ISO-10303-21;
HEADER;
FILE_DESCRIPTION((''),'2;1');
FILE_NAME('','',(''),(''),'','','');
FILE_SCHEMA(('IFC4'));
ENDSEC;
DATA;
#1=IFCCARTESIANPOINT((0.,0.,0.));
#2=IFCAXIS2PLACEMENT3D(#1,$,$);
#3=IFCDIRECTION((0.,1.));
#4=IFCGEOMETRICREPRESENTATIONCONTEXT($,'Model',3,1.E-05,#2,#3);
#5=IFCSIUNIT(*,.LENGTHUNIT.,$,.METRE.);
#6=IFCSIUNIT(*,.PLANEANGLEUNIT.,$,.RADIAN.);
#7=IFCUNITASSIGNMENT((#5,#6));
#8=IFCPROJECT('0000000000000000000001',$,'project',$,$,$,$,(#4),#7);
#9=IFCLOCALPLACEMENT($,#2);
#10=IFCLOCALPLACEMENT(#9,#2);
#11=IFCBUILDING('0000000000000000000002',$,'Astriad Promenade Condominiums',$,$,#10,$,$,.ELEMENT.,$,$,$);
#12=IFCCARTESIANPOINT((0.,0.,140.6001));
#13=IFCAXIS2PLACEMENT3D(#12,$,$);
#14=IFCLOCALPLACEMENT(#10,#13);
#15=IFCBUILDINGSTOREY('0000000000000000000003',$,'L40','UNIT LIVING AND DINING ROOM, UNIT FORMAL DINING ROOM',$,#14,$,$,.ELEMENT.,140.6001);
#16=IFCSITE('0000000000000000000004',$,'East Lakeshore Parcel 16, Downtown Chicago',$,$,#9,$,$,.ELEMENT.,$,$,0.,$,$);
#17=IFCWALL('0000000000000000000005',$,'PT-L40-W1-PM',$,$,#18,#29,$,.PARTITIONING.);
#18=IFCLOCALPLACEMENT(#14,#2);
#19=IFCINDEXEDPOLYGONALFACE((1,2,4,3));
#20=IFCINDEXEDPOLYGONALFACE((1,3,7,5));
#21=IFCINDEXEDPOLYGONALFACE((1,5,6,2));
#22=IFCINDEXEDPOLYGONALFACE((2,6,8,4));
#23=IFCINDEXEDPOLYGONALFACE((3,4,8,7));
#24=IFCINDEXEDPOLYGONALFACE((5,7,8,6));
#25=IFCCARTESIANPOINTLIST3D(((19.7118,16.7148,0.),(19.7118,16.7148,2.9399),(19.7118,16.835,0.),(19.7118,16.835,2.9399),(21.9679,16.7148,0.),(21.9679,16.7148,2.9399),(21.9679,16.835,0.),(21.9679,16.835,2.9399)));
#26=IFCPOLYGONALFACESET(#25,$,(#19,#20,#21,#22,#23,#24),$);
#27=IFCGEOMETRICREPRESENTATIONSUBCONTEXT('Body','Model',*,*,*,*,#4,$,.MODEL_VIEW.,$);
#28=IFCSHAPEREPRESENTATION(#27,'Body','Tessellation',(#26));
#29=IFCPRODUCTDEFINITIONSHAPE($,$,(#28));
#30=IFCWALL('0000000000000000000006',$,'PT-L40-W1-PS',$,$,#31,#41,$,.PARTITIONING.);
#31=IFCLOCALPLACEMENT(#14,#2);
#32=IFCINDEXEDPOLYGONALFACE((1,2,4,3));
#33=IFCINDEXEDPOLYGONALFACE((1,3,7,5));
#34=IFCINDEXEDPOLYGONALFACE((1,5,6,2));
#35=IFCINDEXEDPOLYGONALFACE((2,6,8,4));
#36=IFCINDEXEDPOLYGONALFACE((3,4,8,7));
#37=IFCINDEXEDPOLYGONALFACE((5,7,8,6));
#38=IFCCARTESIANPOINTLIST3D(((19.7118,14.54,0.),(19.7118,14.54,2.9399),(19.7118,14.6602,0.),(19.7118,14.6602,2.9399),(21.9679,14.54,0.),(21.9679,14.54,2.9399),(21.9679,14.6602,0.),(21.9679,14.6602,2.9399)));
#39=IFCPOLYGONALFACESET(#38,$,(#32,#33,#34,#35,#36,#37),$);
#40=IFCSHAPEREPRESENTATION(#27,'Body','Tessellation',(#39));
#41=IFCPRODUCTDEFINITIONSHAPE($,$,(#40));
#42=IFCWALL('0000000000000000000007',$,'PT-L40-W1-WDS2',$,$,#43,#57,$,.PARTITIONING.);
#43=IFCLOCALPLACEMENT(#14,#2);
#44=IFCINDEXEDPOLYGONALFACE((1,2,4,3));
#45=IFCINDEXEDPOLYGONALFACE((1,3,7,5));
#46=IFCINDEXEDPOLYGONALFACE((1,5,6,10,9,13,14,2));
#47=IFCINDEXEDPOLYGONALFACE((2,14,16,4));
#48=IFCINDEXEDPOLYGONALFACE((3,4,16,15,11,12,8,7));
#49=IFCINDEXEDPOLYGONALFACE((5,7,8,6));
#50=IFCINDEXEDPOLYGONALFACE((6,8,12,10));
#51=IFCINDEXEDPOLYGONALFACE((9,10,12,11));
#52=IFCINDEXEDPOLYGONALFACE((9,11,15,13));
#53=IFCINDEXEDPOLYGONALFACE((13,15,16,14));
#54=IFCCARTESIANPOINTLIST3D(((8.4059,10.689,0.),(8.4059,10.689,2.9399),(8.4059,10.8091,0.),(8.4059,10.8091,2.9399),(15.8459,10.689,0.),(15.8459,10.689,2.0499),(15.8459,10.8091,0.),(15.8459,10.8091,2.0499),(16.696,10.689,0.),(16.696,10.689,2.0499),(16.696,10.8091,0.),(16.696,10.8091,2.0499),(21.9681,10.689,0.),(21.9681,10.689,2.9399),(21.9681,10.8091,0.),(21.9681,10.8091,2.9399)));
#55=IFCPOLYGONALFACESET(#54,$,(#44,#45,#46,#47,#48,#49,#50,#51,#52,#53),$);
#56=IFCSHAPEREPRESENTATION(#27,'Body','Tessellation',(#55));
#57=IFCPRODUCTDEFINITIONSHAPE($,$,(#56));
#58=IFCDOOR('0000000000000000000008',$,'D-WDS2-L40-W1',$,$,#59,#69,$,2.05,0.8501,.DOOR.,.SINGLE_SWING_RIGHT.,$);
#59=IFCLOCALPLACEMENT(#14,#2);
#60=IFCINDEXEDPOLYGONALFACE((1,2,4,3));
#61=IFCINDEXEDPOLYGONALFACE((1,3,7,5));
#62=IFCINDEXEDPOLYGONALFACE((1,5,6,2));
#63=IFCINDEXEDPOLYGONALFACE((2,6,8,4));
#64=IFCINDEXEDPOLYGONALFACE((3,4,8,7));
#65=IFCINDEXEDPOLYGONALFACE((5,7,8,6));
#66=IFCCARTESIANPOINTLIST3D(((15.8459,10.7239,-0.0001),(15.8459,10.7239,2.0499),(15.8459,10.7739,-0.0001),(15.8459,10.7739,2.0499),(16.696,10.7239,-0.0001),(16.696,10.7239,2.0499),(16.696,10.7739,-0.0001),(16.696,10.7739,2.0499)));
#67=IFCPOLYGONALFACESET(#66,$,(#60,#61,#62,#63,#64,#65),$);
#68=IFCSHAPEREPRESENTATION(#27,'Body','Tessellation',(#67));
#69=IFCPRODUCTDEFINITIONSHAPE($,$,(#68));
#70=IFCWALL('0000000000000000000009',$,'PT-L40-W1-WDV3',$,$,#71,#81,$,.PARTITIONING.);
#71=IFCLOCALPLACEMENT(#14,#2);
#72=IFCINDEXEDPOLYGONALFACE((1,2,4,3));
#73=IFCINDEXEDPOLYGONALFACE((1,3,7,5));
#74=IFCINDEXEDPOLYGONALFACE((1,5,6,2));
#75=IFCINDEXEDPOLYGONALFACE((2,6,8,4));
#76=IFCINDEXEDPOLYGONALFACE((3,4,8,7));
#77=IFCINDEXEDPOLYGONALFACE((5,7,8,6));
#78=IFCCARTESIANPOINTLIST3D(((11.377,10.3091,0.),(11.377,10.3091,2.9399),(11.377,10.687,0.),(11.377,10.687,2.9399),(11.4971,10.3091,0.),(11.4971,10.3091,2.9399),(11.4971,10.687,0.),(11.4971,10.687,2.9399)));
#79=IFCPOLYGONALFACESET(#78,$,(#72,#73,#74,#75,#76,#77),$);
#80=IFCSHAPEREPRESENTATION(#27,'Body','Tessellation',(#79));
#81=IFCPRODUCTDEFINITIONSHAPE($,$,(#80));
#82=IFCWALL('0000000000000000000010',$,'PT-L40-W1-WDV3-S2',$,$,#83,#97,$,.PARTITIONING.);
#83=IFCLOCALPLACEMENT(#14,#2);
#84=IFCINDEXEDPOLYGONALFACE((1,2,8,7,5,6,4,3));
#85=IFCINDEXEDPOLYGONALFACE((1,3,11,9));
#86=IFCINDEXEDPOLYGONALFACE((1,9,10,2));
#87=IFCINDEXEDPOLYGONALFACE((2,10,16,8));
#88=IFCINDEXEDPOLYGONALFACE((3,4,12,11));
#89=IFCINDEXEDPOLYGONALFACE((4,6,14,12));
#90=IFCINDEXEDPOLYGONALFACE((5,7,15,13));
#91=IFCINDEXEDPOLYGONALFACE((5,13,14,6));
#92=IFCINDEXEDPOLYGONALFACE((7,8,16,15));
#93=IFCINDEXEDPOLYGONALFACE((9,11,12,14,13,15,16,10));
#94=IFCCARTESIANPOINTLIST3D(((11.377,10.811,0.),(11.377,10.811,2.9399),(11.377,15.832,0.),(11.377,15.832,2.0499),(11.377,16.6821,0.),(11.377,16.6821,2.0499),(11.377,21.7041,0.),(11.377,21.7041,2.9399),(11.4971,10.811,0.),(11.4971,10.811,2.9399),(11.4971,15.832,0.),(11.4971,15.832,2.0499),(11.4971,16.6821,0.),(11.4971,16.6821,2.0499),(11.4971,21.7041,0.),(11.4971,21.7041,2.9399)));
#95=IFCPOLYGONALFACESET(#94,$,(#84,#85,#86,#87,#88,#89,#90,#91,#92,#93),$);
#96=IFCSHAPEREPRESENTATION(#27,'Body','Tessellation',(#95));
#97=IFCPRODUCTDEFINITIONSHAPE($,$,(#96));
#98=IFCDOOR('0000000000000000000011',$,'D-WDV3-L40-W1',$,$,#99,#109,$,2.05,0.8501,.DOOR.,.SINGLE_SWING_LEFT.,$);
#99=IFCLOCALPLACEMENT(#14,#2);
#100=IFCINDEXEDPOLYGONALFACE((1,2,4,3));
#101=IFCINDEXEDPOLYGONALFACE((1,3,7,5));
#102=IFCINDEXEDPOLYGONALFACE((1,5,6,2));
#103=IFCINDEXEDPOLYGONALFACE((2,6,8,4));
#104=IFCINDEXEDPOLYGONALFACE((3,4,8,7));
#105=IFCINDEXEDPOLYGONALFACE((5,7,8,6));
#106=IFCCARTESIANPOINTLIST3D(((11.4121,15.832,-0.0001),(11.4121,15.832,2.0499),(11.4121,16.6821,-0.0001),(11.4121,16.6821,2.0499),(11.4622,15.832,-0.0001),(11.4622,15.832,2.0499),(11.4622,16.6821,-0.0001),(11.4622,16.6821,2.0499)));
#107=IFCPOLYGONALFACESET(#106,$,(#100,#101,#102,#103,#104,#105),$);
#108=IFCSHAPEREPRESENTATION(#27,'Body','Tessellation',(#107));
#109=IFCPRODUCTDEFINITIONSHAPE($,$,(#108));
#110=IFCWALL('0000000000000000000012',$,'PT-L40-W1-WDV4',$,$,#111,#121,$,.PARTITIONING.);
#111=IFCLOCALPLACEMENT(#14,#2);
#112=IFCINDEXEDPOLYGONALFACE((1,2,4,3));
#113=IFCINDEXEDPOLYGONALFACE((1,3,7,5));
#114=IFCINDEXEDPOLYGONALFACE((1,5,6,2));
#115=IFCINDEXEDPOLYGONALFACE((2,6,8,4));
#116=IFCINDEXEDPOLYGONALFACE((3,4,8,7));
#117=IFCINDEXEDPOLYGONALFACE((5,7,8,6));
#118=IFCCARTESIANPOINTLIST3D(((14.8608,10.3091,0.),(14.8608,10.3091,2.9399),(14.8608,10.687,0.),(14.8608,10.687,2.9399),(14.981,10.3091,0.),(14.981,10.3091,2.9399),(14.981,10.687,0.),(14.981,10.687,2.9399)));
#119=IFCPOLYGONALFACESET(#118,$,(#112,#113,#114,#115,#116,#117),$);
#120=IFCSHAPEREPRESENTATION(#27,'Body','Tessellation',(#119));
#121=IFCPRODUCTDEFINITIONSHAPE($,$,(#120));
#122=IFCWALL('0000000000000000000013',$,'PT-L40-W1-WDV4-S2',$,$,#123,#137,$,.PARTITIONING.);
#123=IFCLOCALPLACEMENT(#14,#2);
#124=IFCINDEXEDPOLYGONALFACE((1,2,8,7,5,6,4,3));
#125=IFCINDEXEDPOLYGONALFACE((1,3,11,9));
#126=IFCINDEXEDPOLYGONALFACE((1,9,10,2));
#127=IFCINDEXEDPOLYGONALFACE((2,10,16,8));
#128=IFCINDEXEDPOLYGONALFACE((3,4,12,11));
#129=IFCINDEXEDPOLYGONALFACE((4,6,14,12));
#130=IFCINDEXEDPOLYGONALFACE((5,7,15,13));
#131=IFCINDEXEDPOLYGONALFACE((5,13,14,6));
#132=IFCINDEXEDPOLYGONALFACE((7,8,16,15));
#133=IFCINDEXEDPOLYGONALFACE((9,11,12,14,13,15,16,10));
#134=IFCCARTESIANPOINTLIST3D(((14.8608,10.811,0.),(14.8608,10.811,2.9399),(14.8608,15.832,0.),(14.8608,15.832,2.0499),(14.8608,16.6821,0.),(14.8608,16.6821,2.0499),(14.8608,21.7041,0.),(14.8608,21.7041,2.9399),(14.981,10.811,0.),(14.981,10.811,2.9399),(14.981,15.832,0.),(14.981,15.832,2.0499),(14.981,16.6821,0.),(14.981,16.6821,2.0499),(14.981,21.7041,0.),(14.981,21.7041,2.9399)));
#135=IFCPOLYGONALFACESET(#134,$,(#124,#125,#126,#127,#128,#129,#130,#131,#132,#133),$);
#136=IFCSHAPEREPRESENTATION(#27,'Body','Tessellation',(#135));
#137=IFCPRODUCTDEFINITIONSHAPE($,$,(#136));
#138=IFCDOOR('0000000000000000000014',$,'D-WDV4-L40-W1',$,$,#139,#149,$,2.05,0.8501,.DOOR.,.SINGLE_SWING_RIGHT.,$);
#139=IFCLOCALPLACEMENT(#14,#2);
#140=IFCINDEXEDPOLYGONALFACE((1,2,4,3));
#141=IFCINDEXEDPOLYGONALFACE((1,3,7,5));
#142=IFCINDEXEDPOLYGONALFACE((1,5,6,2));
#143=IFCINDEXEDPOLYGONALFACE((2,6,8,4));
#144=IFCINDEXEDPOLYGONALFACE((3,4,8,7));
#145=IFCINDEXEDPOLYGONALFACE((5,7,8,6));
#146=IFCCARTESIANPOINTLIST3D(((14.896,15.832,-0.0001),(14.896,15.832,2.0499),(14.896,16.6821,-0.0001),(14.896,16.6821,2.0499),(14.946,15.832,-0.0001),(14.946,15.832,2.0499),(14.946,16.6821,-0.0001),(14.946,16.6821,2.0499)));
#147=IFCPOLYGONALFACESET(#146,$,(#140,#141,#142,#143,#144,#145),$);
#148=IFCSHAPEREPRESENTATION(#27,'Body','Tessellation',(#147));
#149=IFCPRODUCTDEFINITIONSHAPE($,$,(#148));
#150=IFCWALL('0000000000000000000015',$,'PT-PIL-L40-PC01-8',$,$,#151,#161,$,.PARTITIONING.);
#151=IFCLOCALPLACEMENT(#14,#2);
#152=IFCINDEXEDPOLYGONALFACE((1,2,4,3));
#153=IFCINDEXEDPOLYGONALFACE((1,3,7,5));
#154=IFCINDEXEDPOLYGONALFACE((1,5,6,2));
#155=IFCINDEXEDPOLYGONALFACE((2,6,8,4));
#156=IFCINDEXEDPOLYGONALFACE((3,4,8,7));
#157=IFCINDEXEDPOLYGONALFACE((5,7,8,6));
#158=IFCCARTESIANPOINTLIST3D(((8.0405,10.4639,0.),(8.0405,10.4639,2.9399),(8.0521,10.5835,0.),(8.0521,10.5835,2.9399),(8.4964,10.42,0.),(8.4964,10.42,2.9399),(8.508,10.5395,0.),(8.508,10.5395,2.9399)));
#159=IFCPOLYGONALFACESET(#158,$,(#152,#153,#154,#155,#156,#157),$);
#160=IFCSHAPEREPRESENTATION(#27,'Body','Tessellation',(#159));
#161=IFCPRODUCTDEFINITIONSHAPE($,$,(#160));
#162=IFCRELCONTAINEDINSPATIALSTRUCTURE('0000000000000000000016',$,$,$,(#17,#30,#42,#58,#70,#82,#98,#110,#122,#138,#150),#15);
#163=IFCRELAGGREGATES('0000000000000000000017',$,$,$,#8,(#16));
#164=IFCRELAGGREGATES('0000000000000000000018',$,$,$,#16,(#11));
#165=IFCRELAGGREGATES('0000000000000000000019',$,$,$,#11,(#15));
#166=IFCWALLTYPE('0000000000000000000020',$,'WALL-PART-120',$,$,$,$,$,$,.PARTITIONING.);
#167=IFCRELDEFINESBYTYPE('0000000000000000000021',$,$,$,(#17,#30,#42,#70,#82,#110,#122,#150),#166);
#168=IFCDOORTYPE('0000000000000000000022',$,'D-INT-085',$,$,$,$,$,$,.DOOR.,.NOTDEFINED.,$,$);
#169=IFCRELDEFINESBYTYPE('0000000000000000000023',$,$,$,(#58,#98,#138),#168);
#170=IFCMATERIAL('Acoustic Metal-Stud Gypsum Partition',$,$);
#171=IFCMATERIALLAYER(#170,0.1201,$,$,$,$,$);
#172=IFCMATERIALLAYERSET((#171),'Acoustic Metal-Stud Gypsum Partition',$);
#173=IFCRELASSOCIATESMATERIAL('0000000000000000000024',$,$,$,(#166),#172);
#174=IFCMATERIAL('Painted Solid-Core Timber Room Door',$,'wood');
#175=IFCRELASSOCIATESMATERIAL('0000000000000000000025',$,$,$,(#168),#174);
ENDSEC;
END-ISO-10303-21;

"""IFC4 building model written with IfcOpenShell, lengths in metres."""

from ifc_helpers import new_model, si_unit, direction, frame, frame_2d, origin, place, context, subcontext, project, spatial, rectangle, extrude, source, transform, mapped, material, layer, layer_set, type_object, type_shapes, element, fill, save


model = new_model("IFC4")

# Units and contexts
model_context = context("Model", 3, precision=1e-05, world=origin(), true_north=direction((0.0, 1.0)))
body_context = subcontext(model_context, "Body", "Model", "MODEL_VIEW")
ifc_project = project(units=[si_unit("LENGTHUNIT", "METRE"), si_unit("PLANEANGLEUNIT", "RADIAN")], contexts=[model_context])

# Site, building, storey
site_placement = place(None, origin())
site = spatial("IfcSite", under=ifc_project, at=site_placement, Name="East Lakeshore Parcel 16, Downtown Chicago", CompositionType="ELEMENT", RefElevation=0.0)
building_placement = place(site_placement, origin())
building = spatial("IfcBuilding", under=site, at=building_placement, Name="Astriad Promenade Condominiums", CompositionType="ELEMENT")
storey_placement = place(building_placement, frame((0.0, 0.0, 140.6001)))
storey = spatial("IfcBuildingStorey", under=building, at=storey_placement, Name="L40", Description="UNIT LIVING AND DINING ROOM, UNIT FORMAL DINING ROOM", CompositionType="ELEMENT", Elevation=140.6001)

# Shared definitions
ifc_material_1 = material(Name="Acoustic Metal-Stud Gypsum Partition")
ifc_layer_1 = layer(ifc_material_1, 0.1201)
ifc_layer_set_1 = layer_set([ifc_layer_1], Name="Acoustic Metal-Stud Gypsum Partition")
wall_type_1 = type_object("IfcWallType", Name="WALL-PART-120", PredefinedType="PARTITIONING", material=ifc_layer_set_1)
ifc_material_2 = material(Name="Painted Solid-Core Timber Room Door", Category="wood")
door_type_1 = type_object("IfcDoorType", Name="D-INT-085", OperationType="NOTDEFINED", PredefinedType="DOOR", material=ifc_material_2)
shared_shape_1 = source(origin(), body_context, "Body", "SweptSolid", [
    extrude(rectangle(XDim=0.8501, YDim=2.05, at=frame_2d((0.425, 1.0249))), frame((0.0, 0.0249, 0.0), z_axis=(0.0, -1.0, 0.0), x_axis=(1.0, 0.0, 0.0)), (0.0, 0.0, 1.0), 0.05),
])
type_shapes(door_type_1, [shared_shape_1])

# Walls
for number, where, z_axis, x_axis, name in (
    (1, (19.7119, 16.7749, 0.0), (0.0, 0.0, 1.0), (1.0, 0.0, 0.0), "PT-L40-W1-PM"),
    (2, (19.7119, 14.6001, 0.0), (0.0, 0.0, 1.0), (1.0, 0.0, 0.0), "PT-L40-W1-PS"),
):
    element("IfcWall", number, at=place(storey_placement, frame(where, z_axis=z_axis, x_axis=x_axis)), inside=storey, type_object=wall_type_1, Name=name, PredefinedType="PARTITIONING", context=body_context, shape_type="SweptSolid", body=[
        extrude(rectangle(XDim=2.2561, YDim=0.1201, at=frame_2d((1.1279, 0.0))), origin(), (0.0, 0.0, 1.0), 2.9399),
    ])

# Wall, opening, door
wall_1_placement = place(storey_placement, frame((8.4058, 10.749, 0.0), z_axis=(0.0, 0.0, 1.0), x_axis=(1.0, 0.0, 0.0)))
wall_1 = element("IfcWall", 3, at=wall_1_placement, inside=storey, type_object=wall_type_1, Name="PT-L40-W1-WDS2", PredefinedType="PARTITIONING", context=body_context, shape_type="SweptSolid", body=[
    extrude(rectangle(XDim=13.5623, YDim=0.1201, at=frame_2d((6.7812, 0.0))), origin(), (0.0, 0.0, 1.0), 2.9399),
])
opening_1_placement = place(wall_1_placement, frame((7.4402, 0.0, 0.0)))
opening_1 = element("IfcOpeningElement", 4, at=opening_1_placement, cuts=wall_1, PredefinedType="OPENING", context=body_context, shape_type="SweptSolid", body=[
    extrude(rectangle(XDim=0.8501, YDim=2.05, at=frame_2d((0.425, 1.0249))), frame((0.0, 0.0701, 0.0), z_axis=(0.0, -1.0, 0.0), x_axis=(1.0, 0.0, 0.0)), (0.0, 0.0, 1.0), 0.1401),
])
door_1_placement = place(opening_1_placement, origin())
door_1 = element("IfcDoor", 5, at=door_1_placement, inside=storey, type_object=door_type_1, Name="D-WDS2-L40-W1", OperationType="SINGLE_SWING_RIGHT", OverallHeight=2.05, OverallWidth=0.8501, PredefinedType="DOOR", context=body_context, shape_type="MappedRepresentation", body=[
    mapped(shared_shape_1, transform((0.0, 0.0, 0.0), scale=1.0)),
])
fill(opening_1, door_1)

# Wall
wall_2_placement = place(storey_placement, frame((11.437, 10.3091, 0.0), z_axis=(0.0, 0.0, 1.0), x_axis=(0.0, 1.0, 0.0)))
element("IfcWall", 6, at=wall_2_placement, inside=storey, type_object=wall_type_1, Name="PT-L40-W1-WDV3", PredefinedType="PARTITIONING", context=body_context, shape_type="SweptSolid", body=[
    extrude(rectangle(XDim=0.3779, YDim=0.1201, at=frame_2d((0.189, 0.0))), origin(), (0.0, 0.0, 1.0), 2.9399),
])

# Wall, opening, door
wall_3_placement = place(storey_placement, frame((11.437, 10.811, 0.0), z_axis=(0.0, 0.0, 1.0), x_axis=(0.0, 1.0, 0.0)))
wall_3 = element("IfcWall", 7, at=wall_3_placement, inside=storey, type_object=wall_type_1, Name="PT-L40-W1-WDV3-S2", PredefinedType="PARTITIONING", context=body_context, shape_type="SweptSolid", body=[
    extrude(rectangle(XDim=10.8931, YDim=0.1201, at=frame_2d((5.4465, 0.0))), origin(), (0.0, 0.0, 1.0), 2.9399),
])
opening_2_placement = place(wall_3_placement, frame((5.021, 0.0, 0.0)))
opening_2 = element("IfcOpeningElement", 8, at=opening_2_placement, cuts=wall_3, PredefinedType="OPENING", context=body_context, shape_type="SweptSolid", body=[
    extrude(rectangle(XDim=0.8501, YDim=2.05, at=frame_2d((0.425, 1.0249))), frame((0.0, 0.0701, 0.0), z_axis=(0.0, -1.0, 0.0), x_axis=(1.0, 0.0, 0.0)), (0.0, 0.0, 1.0), 0.1401),
])
door_2_placement = place(opening_2_placement, origin())
door_2 = element("IfcDoor", 9, at=door_2_placement, inside=storey, type_object=door_type_1, Name="D-WDV3-L40-W1", OperationType="SINGLE_SWING_LEFT", OverallHeight=2.05, OverallWidth=0.8501, PredefinedType="DOOR", context=body_context, shape_type="MappedRepresentation", body=[
    mapped(shared_shape_1, transform((0.0, 0.0, 0.0), scale=1.0)),
])
fill(opening_2, door_2)

# Wall
wall_4_placement = place(storey_placement, frame((14.9209, 10.3091, 0.0), z_axis=(0.0, 0.0, 1.0), x_axis=(0.0, 1.0, 0.0)))
element("IfcWall", 10, at=wall_4_placement, inside=storey, type_object=wall_type_1, Name="PT-L40-W1-WDV4", PredefinedType="PARTITIONING", context=body_context, shape_type="SweptSolid", body=[
    extrude(rectangle(XDim=0.3779, YDim=0.1201, at=frame_2d((0.189, 0.0))), origin(), (0.0, 0.0, 1.0), 2.9399),
])

# Wall, opening, door
wall_5_placement = place(storey_placement, frame((14.9209, 10.811, 0.0), z_axis=(0.0, 0.0, 1.0), x_axis=(0.0, 1.0, 0.0)))
wall_5 = element("IfcWall", 11, at=wall_5_placement, inside=storey, type_object=wall_type_1, Name="PT-L40-W1-WDV4-S2", PredefinedType="PARTITIONING", context=body_context, shape_type="SweptSolid", body=[
    extrude(rectangle(XDim=10.8931, YDim=0.1201, at=frame_2d((5.4465, 0.0))), origin(), (0.0, 0.0, 1.0), 2.9399),
])
opening_3_placement = place(wall_5_placement, frame((5.021, 0.0, 0.0)))
opening_3 = element("IfcOpeningElement", 12, at=opening_3_placement, cuts=wall_5, PredefinedType="OPENING", context=body_context, shape_type="SweptSolid", body=[
    extrude(rectangle(XDim=0.8501, YDim=2.05, at=frame_2d((0.425, 1.0249))), frame((0.0, 0.0701, 0.0), z_axis=(0.0, -1.0, 0.0), x_axis=(1.0, 0.0, 0.0)), (0.0, 0.0, 1.0), 0.1401),
])
door_3_placement = place(opening_3_placement, origin())
door_3 = element("IfcDoor", 13, at=door_3_placement, inside=storey, type_object=door_type_1, Name="D-WDV4-L40-W1", OperationType="SINGLE_SWING_RIGHT", OverallHeight=2.05, OverallWidth=0.8501, PredefinedType="DOOR", context=body_context, shape_type="MappedRepresentation", body=[
    mapped(shared_shape_1, transform((0.0, 0.0, 0.0), scale=1.0)),
])
fill(opening_3, door_3)

# Wall
wall_6_placement = place(storey_placement, frame((8.5022, 10.4797, 0.0), z_axis=(0.0, 0.0, 1.0), x_axis=(-0.995385, 0.095966, 0.0)))
element("IfcWall", 14, at=wall_6_placement, inside=storey, type_object=wall_type_1, Name="PT-PIL-L40-PC01-8", PredefinedType="PARTITIONING", context=body_context, shape_type="SweptSolid", body=[
    extrude(rectangle(XDim=0.458, YDim=0.1201, at=frame_2d((0.229, 0.0))), origin(), (0.0, 0.0, 1.0), 2.9399),
])

save(model, "model.ifc")
